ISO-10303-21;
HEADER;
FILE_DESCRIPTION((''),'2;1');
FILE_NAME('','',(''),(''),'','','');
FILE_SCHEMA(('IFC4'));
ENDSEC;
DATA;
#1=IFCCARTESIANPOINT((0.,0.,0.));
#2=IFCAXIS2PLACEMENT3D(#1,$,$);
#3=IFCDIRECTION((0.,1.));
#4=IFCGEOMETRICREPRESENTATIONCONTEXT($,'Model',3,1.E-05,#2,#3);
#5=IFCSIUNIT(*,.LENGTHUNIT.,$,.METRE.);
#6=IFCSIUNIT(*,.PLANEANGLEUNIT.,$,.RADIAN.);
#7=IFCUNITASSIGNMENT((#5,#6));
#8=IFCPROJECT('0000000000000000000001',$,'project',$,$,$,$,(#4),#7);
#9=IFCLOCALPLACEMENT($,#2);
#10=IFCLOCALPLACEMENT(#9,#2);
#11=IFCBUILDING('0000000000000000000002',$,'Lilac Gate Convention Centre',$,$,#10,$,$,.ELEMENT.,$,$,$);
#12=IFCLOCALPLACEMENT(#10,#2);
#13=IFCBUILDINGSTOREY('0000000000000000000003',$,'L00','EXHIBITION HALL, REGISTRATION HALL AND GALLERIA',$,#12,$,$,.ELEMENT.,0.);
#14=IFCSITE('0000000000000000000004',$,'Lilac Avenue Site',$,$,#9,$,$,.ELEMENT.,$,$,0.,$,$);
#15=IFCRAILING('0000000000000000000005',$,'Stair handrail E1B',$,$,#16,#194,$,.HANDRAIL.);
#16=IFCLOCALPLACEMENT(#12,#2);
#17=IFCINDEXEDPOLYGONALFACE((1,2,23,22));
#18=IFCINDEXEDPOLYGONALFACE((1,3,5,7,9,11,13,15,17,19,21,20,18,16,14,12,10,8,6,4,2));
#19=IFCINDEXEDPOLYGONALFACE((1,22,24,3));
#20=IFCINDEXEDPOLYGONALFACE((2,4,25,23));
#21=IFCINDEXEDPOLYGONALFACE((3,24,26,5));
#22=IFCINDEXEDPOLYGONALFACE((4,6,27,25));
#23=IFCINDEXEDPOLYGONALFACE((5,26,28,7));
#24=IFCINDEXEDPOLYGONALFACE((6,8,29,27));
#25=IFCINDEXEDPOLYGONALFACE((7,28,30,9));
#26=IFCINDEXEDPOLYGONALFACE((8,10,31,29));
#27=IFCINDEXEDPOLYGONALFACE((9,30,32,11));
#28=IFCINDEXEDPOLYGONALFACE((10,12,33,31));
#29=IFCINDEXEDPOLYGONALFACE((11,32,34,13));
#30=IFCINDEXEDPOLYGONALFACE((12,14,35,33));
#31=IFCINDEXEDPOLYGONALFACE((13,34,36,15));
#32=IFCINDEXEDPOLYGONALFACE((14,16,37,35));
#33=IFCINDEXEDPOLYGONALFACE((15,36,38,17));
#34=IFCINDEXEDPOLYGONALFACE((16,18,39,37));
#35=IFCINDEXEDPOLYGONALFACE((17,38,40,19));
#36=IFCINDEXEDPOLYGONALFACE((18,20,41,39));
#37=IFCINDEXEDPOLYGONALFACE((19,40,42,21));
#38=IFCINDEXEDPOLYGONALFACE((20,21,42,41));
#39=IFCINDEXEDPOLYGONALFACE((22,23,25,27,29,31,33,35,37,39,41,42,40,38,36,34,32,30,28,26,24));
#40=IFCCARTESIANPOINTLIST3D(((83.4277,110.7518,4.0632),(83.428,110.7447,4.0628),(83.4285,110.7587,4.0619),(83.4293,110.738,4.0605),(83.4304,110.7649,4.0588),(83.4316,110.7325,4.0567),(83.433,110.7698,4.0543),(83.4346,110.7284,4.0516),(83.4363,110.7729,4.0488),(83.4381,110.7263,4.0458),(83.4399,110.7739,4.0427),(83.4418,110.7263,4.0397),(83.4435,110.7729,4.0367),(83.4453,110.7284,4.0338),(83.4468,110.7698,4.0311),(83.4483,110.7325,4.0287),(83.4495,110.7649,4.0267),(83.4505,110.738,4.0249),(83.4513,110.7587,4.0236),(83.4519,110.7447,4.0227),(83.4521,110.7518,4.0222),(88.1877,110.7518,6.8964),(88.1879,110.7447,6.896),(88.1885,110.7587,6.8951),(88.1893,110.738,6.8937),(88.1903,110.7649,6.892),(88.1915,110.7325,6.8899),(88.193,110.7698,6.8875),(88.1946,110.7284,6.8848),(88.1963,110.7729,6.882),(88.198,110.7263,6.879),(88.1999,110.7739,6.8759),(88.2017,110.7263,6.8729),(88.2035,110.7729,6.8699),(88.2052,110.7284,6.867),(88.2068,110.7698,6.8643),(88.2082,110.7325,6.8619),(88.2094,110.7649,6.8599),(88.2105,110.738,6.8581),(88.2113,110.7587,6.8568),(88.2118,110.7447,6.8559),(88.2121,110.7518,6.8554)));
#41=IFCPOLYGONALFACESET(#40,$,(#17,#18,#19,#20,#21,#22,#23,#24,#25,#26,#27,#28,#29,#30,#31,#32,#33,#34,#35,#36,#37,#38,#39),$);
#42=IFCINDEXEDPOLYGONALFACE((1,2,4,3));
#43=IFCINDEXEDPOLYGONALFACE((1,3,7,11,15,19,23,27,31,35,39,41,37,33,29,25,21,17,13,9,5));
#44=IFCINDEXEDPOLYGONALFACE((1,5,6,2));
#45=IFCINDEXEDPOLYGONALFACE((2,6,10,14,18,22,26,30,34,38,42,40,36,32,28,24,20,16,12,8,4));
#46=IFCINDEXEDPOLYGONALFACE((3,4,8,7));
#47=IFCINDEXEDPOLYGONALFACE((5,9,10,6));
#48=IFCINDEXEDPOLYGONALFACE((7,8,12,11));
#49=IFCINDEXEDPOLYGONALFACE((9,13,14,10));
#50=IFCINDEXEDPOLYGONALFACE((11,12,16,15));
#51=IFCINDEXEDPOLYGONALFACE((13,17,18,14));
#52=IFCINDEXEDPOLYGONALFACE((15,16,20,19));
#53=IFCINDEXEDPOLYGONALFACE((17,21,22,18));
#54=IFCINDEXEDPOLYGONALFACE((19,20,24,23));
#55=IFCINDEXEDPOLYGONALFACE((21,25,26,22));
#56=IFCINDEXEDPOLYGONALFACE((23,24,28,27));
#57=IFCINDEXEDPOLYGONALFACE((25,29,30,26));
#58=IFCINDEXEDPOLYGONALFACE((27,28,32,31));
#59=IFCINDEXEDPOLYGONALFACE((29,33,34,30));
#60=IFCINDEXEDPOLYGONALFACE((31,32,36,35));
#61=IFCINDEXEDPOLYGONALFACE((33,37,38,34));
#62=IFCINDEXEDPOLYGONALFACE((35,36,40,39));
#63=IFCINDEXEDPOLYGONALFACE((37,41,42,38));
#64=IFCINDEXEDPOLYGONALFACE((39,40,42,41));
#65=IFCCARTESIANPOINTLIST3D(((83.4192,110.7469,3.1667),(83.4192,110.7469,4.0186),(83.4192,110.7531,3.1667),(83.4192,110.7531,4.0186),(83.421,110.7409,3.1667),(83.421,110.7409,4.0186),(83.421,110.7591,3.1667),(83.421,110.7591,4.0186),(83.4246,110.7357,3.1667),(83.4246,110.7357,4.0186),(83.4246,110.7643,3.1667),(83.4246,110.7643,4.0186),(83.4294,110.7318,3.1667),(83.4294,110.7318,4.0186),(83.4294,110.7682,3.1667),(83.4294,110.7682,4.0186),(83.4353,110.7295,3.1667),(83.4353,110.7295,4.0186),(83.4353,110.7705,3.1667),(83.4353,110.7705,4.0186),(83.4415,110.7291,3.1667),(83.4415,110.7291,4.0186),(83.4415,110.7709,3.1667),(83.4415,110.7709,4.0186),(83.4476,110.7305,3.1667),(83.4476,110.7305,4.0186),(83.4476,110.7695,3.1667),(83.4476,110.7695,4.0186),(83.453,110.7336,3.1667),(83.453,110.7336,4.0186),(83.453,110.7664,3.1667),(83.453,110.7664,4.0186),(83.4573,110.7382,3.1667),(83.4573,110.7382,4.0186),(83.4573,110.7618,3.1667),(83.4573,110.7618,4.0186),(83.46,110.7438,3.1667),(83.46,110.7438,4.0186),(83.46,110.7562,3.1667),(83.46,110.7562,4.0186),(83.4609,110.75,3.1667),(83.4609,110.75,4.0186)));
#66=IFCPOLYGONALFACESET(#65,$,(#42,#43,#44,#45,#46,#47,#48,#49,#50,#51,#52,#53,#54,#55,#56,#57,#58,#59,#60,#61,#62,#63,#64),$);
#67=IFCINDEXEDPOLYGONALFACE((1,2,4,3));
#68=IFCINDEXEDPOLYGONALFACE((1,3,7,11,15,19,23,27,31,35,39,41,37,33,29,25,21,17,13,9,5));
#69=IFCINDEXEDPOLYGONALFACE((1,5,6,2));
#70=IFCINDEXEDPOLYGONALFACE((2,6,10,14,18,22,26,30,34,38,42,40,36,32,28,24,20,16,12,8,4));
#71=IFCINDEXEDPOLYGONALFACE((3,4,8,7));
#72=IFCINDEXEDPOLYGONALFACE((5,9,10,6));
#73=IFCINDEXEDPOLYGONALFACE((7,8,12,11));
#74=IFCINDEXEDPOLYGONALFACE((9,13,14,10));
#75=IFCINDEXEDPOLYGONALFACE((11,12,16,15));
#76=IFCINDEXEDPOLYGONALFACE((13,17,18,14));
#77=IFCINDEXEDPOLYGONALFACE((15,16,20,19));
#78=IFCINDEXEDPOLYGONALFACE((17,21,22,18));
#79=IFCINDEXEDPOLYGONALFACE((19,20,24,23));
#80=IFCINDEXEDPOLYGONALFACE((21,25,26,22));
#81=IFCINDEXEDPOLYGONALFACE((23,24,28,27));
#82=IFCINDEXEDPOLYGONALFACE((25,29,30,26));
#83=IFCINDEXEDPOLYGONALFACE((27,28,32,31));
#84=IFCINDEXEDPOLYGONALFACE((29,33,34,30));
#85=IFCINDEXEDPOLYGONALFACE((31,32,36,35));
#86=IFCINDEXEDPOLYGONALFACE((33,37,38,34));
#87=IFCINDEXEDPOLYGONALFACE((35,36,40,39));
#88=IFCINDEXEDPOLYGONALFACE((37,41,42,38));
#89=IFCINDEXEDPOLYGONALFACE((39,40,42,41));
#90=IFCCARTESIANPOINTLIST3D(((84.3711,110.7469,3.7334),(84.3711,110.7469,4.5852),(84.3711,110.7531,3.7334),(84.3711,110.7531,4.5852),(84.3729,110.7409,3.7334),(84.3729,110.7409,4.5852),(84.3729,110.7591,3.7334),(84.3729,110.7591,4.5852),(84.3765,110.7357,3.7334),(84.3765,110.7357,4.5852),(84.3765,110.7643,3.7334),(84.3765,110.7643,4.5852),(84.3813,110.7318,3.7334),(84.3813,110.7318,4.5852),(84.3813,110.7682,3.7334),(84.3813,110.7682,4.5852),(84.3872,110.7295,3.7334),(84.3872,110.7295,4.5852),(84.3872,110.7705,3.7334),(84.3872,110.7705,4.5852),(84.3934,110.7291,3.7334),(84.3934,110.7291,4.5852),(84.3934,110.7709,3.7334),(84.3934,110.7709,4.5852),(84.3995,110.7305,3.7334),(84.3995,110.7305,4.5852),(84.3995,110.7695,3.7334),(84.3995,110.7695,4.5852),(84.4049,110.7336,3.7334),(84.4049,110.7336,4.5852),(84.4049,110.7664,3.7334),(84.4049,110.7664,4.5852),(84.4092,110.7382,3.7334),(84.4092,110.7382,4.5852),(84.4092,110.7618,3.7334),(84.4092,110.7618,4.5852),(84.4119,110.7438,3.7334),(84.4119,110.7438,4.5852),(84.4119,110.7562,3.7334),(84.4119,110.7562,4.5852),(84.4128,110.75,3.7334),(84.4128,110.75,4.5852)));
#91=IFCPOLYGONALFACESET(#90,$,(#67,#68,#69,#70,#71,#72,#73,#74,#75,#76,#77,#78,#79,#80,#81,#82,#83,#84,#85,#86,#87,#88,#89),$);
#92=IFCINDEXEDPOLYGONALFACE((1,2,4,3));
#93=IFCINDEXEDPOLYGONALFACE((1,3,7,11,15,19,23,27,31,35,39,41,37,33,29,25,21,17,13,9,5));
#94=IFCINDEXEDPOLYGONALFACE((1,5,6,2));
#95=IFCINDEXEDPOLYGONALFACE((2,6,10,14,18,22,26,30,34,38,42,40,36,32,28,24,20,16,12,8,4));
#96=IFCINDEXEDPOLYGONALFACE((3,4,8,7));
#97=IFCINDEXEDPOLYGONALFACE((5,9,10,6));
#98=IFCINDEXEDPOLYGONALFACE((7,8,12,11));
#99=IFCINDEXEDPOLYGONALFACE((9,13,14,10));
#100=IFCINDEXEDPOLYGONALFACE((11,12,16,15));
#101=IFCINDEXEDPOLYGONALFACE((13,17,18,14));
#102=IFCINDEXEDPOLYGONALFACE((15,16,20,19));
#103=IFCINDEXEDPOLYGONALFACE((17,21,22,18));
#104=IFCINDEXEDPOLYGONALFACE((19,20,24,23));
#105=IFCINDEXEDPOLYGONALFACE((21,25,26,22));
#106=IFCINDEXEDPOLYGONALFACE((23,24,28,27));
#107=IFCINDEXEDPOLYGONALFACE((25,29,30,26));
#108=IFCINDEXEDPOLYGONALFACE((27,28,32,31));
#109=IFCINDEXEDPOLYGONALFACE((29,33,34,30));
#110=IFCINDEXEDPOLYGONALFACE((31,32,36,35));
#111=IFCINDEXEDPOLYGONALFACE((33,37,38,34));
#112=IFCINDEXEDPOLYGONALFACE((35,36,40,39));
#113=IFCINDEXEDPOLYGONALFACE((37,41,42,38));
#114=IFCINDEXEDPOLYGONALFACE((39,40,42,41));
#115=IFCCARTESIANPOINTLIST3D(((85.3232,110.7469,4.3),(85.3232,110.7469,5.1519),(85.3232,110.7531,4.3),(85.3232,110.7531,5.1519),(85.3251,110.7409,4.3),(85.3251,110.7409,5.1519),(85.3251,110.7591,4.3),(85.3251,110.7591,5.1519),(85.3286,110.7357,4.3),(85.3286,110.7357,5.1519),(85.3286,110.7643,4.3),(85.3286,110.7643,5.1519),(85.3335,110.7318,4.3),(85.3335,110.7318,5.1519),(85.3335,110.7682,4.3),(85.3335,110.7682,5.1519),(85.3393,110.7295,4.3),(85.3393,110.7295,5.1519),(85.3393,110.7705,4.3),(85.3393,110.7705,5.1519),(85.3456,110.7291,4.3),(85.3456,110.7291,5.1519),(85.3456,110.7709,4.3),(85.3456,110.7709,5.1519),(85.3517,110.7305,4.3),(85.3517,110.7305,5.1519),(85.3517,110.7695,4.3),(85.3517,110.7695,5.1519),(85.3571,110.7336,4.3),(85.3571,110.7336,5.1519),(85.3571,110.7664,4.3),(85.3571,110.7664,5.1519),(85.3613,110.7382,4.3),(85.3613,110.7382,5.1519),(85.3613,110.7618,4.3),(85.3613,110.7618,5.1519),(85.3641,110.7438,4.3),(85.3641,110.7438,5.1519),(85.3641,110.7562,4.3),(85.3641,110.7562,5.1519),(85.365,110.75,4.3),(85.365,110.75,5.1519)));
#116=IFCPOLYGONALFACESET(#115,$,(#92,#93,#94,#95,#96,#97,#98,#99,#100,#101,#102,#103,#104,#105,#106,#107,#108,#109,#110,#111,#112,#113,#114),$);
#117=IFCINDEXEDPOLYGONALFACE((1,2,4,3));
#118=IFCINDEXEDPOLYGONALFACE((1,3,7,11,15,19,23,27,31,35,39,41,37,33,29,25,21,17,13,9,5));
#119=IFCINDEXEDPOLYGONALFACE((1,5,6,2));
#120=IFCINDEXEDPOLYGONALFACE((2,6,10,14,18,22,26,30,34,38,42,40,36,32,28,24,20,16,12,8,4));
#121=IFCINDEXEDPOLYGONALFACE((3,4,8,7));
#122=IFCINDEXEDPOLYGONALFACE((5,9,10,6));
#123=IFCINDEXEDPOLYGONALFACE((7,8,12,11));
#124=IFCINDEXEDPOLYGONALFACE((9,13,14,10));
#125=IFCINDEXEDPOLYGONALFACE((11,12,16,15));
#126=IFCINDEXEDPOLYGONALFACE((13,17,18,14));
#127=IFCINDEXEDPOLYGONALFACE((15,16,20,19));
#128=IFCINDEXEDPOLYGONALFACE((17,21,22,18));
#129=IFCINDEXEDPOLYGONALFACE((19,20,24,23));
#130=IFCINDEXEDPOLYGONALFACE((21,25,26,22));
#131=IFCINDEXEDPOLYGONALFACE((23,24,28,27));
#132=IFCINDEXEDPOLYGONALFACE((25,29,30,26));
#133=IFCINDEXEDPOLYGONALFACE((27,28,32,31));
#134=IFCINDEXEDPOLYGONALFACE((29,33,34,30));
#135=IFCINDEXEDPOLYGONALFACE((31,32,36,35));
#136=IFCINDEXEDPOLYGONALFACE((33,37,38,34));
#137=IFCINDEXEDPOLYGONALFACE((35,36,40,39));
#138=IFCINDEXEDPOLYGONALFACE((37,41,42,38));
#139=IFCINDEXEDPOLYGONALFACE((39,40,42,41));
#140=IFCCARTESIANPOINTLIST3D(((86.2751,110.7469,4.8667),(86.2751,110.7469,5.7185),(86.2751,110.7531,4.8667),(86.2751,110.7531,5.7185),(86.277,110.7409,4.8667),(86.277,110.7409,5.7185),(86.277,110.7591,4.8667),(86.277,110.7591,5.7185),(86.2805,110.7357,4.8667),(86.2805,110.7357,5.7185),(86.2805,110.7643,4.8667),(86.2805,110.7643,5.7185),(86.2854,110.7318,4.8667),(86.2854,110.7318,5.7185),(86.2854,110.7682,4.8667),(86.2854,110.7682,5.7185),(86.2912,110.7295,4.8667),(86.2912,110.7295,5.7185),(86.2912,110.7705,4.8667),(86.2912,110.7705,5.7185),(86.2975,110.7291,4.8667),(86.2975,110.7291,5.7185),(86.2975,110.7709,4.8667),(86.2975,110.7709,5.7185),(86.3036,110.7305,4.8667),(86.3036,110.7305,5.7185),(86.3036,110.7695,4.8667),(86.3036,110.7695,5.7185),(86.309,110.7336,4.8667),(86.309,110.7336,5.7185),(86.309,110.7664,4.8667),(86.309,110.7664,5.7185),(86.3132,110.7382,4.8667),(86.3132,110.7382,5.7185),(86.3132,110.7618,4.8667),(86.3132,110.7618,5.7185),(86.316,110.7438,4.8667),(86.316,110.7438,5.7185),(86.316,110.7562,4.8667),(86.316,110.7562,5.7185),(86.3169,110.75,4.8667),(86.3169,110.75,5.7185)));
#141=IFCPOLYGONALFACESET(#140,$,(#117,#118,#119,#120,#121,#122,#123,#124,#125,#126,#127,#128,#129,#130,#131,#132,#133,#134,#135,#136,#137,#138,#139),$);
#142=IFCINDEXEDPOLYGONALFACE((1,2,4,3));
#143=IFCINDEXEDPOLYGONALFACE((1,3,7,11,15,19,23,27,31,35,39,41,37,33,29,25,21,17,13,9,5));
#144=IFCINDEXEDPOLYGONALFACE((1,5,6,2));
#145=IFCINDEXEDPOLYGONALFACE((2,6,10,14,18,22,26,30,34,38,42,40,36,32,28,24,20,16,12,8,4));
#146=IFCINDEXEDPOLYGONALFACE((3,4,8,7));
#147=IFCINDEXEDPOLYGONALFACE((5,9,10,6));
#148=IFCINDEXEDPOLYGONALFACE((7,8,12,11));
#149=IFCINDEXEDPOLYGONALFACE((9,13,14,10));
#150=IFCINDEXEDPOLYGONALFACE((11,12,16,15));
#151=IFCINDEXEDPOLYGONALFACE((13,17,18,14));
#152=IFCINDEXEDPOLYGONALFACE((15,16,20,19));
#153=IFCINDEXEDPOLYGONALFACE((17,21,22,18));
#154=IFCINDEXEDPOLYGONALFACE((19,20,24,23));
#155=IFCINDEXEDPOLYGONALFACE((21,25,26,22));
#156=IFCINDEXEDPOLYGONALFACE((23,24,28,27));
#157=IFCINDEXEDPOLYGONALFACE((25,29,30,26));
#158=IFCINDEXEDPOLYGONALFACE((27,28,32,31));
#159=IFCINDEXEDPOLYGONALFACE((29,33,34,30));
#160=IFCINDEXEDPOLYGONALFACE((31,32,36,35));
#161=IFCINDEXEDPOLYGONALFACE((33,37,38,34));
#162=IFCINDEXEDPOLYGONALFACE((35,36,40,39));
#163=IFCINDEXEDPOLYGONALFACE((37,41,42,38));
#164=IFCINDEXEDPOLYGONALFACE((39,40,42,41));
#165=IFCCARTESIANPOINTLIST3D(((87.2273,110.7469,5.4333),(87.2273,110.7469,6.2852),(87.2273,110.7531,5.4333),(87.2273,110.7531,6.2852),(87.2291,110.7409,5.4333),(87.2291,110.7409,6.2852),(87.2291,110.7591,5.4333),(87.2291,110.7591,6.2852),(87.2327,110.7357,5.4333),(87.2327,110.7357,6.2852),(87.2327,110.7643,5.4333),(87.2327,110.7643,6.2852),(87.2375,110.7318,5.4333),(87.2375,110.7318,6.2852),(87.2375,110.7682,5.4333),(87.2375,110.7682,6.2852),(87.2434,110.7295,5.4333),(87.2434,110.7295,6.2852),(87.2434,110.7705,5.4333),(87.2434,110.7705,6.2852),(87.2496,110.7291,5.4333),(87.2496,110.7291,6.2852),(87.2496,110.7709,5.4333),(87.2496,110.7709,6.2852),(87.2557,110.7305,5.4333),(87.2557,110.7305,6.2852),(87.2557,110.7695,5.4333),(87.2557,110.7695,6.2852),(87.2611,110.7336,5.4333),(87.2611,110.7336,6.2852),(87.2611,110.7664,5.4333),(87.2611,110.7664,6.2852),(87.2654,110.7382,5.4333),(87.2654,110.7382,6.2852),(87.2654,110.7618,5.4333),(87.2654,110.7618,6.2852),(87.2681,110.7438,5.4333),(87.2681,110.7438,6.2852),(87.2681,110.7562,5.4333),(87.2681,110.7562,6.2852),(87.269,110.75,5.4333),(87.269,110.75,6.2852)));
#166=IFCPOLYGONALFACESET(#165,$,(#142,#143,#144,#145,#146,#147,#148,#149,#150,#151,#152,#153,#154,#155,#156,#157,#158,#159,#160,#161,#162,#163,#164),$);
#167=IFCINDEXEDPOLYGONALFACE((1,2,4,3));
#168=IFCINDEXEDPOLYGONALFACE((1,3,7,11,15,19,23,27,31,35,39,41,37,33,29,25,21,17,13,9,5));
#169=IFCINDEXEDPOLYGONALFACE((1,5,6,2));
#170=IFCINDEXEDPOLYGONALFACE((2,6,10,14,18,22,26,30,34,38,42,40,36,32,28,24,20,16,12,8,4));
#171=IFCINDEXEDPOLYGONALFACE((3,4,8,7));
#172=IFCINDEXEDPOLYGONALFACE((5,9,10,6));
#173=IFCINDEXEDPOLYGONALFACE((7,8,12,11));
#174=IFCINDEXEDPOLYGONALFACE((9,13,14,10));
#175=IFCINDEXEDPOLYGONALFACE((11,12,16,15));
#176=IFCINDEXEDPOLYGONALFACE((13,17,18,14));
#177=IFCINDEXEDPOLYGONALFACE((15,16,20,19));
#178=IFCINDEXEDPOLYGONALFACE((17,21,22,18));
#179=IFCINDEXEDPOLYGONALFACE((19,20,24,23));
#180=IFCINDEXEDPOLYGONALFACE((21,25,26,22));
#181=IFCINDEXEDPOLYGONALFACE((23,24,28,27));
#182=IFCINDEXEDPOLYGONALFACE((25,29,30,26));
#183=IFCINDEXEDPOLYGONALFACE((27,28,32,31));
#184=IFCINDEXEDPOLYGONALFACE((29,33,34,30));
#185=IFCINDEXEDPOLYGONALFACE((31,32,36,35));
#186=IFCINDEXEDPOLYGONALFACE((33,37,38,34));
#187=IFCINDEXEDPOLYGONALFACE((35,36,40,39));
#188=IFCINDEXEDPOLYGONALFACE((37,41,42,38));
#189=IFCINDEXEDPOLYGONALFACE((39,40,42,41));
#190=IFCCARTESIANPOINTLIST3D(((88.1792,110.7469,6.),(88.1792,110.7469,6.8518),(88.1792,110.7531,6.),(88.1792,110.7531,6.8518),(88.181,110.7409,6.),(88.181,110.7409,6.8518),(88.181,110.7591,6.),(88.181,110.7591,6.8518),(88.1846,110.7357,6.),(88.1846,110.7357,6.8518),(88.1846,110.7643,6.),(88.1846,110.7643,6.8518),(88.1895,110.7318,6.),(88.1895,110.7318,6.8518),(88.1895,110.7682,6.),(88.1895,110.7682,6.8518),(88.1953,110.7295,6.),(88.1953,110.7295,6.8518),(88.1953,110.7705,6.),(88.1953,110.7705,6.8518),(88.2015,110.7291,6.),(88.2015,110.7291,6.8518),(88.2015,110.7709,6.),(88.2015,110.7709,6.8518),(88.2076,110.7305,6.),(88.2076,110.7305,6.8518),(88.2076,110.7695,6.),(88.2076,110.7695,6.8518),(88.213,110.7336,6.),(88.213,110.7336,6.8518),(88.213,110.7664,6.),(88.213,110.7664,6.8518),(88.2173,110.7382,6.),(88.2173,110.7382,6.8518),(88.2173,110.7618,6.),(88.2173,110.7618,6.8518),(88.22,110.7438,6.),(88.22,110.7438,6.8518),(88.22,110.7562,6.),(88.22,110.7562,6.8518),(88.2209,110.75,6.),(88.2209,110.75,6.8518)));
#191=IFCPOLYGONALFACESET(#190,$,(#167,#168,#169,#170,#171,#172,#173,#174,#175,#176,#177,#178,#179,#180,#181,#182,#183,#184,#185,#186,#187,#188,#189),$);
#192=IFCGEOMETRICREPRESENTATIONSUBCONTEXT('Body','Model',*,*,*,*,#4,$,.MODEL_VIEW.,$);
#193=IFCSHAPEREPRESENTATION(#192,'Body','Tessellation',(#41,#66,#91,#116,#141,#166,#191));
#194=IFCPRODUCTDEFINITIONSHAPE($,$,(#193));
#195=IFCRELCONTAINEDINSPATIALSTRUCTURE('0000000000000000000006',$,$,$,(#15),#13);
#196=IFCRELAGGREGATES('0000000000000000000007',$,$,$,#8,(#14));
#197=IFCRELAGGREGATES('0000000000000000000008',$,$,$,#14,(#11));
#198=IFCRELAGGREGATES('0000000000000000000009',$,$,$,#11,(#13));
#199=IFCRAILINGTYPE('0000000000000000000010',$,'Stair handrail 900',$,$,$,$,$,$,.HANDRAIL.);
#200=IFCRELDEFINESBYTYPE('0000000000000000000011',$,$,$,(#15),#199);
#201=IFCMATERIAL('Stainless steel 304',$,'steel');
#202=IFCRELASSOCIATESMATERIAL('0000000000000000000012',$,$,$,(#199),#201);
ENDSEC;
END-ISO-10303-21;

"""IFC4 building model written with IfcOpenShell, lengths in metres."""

from ifc_helpers import new_model, si_unit, direction, frame, origin, origin_2d, place, context, subcontext, project, spatial, circle, extrude, material, type_object, element, save


model = new_model("IFC4")

# Units and contexts
model_context = context("Model", 3, precision=1e-05, world=origin(), true_north=direction((0.0, 1.0)))
body_context = subcontext(model_context, "Body", "Model", "MODEL_VIEW")
ifc_project = project(units=[si_unit("LENGTHUNIT", "METRE"), si_unit("PLANEANGLEUNIT", "RADIAN")], contexts=[model_context])

# Site, building, storey
site_placement = place(None, origin())
site = spatial("IfcSite", under=ifc_project, at=site_placement, Name="Lilac Avenue Site", CompositionType="ELEMENT", RefElevation=0.0)
building_placement = place(site_placement, origin())
building = spatial("IfcBuilding", under=site, at=building_placement, Name="Lilac Gate Convention Centre", CompositionType="ELEMENT")
storey_placement = place(building_placement, origin())
storey = spatial("IfcBuildingStorey", under=building, at=storey_placement, Name="L00", Description="EXHIBITION HALL, REGISTRATION HALL AND GALLERIA", CompositionType="ELEMENT", Elevation=0.0)

# Railing
ifc_material_1 = material(Name="Stainless steel 304", Category="steel")
railing_type_1 = type_object("IfcRailingType", Name="Stair handrail 900", PredefinedType="HANDRAIL", material=ifc_material_1)
for number, where, name in (
    (1, (83.4399, 110.75, 3.1667), "Stair handrail E1B"),
):
    element("IfcRailing", number, at=place(storey_placement, frame(where)), inside=storey, type_object=railing_type_1, Name=name, PredefinedType="HANDRAIL", context=body_context, shape_type="SweptSolid", body=[
        extrude(circle(Radius=0.0239, at=origin_2d()), frame((0.0, 0.0, 0.876), z_axis=(0.8593, 0.0, 0.511472), x_axis=(0.0, 1.0, 0.0)), (0.0, 0.0, 1.0), 5.5393),
        extrude(circle(Radius=0.021, at=origin_2d()), origin(), (0.0, 0.0, 1.0), 0.8518),
        extrude(circle(Radius=0.021, at=origin_2d()), frame((0.9519, 0.0, 0.5667)), (0.0, 0.0, 1.0), 0.8518),
        extrude(circle(Radius=0.021, at=origin_2d()), frame((1.9041, 0.0, 1.1333)), (0.0, 0.0, 1.0), 0.8518),
        extrude(circle(Radius=0.021, at=origin_2d()), frame((2.856, 0.0, 1.7)), (0.0, 0.0, 1.0), 0.8518),
        extrude(circle(Radius=0.021, at=origin_2d()), frame((3.8081, 0.0, 2.2666)), (0.0, 0.0, 1.0), 0.8518),
        extrude(circle(Radius=0.021, at=origin_2d()), frame((4.76, 0.0, 2.8333)), (0.0, 0.0, 1.0), 0.8518),
    ])

save(model, "model.ifc")
